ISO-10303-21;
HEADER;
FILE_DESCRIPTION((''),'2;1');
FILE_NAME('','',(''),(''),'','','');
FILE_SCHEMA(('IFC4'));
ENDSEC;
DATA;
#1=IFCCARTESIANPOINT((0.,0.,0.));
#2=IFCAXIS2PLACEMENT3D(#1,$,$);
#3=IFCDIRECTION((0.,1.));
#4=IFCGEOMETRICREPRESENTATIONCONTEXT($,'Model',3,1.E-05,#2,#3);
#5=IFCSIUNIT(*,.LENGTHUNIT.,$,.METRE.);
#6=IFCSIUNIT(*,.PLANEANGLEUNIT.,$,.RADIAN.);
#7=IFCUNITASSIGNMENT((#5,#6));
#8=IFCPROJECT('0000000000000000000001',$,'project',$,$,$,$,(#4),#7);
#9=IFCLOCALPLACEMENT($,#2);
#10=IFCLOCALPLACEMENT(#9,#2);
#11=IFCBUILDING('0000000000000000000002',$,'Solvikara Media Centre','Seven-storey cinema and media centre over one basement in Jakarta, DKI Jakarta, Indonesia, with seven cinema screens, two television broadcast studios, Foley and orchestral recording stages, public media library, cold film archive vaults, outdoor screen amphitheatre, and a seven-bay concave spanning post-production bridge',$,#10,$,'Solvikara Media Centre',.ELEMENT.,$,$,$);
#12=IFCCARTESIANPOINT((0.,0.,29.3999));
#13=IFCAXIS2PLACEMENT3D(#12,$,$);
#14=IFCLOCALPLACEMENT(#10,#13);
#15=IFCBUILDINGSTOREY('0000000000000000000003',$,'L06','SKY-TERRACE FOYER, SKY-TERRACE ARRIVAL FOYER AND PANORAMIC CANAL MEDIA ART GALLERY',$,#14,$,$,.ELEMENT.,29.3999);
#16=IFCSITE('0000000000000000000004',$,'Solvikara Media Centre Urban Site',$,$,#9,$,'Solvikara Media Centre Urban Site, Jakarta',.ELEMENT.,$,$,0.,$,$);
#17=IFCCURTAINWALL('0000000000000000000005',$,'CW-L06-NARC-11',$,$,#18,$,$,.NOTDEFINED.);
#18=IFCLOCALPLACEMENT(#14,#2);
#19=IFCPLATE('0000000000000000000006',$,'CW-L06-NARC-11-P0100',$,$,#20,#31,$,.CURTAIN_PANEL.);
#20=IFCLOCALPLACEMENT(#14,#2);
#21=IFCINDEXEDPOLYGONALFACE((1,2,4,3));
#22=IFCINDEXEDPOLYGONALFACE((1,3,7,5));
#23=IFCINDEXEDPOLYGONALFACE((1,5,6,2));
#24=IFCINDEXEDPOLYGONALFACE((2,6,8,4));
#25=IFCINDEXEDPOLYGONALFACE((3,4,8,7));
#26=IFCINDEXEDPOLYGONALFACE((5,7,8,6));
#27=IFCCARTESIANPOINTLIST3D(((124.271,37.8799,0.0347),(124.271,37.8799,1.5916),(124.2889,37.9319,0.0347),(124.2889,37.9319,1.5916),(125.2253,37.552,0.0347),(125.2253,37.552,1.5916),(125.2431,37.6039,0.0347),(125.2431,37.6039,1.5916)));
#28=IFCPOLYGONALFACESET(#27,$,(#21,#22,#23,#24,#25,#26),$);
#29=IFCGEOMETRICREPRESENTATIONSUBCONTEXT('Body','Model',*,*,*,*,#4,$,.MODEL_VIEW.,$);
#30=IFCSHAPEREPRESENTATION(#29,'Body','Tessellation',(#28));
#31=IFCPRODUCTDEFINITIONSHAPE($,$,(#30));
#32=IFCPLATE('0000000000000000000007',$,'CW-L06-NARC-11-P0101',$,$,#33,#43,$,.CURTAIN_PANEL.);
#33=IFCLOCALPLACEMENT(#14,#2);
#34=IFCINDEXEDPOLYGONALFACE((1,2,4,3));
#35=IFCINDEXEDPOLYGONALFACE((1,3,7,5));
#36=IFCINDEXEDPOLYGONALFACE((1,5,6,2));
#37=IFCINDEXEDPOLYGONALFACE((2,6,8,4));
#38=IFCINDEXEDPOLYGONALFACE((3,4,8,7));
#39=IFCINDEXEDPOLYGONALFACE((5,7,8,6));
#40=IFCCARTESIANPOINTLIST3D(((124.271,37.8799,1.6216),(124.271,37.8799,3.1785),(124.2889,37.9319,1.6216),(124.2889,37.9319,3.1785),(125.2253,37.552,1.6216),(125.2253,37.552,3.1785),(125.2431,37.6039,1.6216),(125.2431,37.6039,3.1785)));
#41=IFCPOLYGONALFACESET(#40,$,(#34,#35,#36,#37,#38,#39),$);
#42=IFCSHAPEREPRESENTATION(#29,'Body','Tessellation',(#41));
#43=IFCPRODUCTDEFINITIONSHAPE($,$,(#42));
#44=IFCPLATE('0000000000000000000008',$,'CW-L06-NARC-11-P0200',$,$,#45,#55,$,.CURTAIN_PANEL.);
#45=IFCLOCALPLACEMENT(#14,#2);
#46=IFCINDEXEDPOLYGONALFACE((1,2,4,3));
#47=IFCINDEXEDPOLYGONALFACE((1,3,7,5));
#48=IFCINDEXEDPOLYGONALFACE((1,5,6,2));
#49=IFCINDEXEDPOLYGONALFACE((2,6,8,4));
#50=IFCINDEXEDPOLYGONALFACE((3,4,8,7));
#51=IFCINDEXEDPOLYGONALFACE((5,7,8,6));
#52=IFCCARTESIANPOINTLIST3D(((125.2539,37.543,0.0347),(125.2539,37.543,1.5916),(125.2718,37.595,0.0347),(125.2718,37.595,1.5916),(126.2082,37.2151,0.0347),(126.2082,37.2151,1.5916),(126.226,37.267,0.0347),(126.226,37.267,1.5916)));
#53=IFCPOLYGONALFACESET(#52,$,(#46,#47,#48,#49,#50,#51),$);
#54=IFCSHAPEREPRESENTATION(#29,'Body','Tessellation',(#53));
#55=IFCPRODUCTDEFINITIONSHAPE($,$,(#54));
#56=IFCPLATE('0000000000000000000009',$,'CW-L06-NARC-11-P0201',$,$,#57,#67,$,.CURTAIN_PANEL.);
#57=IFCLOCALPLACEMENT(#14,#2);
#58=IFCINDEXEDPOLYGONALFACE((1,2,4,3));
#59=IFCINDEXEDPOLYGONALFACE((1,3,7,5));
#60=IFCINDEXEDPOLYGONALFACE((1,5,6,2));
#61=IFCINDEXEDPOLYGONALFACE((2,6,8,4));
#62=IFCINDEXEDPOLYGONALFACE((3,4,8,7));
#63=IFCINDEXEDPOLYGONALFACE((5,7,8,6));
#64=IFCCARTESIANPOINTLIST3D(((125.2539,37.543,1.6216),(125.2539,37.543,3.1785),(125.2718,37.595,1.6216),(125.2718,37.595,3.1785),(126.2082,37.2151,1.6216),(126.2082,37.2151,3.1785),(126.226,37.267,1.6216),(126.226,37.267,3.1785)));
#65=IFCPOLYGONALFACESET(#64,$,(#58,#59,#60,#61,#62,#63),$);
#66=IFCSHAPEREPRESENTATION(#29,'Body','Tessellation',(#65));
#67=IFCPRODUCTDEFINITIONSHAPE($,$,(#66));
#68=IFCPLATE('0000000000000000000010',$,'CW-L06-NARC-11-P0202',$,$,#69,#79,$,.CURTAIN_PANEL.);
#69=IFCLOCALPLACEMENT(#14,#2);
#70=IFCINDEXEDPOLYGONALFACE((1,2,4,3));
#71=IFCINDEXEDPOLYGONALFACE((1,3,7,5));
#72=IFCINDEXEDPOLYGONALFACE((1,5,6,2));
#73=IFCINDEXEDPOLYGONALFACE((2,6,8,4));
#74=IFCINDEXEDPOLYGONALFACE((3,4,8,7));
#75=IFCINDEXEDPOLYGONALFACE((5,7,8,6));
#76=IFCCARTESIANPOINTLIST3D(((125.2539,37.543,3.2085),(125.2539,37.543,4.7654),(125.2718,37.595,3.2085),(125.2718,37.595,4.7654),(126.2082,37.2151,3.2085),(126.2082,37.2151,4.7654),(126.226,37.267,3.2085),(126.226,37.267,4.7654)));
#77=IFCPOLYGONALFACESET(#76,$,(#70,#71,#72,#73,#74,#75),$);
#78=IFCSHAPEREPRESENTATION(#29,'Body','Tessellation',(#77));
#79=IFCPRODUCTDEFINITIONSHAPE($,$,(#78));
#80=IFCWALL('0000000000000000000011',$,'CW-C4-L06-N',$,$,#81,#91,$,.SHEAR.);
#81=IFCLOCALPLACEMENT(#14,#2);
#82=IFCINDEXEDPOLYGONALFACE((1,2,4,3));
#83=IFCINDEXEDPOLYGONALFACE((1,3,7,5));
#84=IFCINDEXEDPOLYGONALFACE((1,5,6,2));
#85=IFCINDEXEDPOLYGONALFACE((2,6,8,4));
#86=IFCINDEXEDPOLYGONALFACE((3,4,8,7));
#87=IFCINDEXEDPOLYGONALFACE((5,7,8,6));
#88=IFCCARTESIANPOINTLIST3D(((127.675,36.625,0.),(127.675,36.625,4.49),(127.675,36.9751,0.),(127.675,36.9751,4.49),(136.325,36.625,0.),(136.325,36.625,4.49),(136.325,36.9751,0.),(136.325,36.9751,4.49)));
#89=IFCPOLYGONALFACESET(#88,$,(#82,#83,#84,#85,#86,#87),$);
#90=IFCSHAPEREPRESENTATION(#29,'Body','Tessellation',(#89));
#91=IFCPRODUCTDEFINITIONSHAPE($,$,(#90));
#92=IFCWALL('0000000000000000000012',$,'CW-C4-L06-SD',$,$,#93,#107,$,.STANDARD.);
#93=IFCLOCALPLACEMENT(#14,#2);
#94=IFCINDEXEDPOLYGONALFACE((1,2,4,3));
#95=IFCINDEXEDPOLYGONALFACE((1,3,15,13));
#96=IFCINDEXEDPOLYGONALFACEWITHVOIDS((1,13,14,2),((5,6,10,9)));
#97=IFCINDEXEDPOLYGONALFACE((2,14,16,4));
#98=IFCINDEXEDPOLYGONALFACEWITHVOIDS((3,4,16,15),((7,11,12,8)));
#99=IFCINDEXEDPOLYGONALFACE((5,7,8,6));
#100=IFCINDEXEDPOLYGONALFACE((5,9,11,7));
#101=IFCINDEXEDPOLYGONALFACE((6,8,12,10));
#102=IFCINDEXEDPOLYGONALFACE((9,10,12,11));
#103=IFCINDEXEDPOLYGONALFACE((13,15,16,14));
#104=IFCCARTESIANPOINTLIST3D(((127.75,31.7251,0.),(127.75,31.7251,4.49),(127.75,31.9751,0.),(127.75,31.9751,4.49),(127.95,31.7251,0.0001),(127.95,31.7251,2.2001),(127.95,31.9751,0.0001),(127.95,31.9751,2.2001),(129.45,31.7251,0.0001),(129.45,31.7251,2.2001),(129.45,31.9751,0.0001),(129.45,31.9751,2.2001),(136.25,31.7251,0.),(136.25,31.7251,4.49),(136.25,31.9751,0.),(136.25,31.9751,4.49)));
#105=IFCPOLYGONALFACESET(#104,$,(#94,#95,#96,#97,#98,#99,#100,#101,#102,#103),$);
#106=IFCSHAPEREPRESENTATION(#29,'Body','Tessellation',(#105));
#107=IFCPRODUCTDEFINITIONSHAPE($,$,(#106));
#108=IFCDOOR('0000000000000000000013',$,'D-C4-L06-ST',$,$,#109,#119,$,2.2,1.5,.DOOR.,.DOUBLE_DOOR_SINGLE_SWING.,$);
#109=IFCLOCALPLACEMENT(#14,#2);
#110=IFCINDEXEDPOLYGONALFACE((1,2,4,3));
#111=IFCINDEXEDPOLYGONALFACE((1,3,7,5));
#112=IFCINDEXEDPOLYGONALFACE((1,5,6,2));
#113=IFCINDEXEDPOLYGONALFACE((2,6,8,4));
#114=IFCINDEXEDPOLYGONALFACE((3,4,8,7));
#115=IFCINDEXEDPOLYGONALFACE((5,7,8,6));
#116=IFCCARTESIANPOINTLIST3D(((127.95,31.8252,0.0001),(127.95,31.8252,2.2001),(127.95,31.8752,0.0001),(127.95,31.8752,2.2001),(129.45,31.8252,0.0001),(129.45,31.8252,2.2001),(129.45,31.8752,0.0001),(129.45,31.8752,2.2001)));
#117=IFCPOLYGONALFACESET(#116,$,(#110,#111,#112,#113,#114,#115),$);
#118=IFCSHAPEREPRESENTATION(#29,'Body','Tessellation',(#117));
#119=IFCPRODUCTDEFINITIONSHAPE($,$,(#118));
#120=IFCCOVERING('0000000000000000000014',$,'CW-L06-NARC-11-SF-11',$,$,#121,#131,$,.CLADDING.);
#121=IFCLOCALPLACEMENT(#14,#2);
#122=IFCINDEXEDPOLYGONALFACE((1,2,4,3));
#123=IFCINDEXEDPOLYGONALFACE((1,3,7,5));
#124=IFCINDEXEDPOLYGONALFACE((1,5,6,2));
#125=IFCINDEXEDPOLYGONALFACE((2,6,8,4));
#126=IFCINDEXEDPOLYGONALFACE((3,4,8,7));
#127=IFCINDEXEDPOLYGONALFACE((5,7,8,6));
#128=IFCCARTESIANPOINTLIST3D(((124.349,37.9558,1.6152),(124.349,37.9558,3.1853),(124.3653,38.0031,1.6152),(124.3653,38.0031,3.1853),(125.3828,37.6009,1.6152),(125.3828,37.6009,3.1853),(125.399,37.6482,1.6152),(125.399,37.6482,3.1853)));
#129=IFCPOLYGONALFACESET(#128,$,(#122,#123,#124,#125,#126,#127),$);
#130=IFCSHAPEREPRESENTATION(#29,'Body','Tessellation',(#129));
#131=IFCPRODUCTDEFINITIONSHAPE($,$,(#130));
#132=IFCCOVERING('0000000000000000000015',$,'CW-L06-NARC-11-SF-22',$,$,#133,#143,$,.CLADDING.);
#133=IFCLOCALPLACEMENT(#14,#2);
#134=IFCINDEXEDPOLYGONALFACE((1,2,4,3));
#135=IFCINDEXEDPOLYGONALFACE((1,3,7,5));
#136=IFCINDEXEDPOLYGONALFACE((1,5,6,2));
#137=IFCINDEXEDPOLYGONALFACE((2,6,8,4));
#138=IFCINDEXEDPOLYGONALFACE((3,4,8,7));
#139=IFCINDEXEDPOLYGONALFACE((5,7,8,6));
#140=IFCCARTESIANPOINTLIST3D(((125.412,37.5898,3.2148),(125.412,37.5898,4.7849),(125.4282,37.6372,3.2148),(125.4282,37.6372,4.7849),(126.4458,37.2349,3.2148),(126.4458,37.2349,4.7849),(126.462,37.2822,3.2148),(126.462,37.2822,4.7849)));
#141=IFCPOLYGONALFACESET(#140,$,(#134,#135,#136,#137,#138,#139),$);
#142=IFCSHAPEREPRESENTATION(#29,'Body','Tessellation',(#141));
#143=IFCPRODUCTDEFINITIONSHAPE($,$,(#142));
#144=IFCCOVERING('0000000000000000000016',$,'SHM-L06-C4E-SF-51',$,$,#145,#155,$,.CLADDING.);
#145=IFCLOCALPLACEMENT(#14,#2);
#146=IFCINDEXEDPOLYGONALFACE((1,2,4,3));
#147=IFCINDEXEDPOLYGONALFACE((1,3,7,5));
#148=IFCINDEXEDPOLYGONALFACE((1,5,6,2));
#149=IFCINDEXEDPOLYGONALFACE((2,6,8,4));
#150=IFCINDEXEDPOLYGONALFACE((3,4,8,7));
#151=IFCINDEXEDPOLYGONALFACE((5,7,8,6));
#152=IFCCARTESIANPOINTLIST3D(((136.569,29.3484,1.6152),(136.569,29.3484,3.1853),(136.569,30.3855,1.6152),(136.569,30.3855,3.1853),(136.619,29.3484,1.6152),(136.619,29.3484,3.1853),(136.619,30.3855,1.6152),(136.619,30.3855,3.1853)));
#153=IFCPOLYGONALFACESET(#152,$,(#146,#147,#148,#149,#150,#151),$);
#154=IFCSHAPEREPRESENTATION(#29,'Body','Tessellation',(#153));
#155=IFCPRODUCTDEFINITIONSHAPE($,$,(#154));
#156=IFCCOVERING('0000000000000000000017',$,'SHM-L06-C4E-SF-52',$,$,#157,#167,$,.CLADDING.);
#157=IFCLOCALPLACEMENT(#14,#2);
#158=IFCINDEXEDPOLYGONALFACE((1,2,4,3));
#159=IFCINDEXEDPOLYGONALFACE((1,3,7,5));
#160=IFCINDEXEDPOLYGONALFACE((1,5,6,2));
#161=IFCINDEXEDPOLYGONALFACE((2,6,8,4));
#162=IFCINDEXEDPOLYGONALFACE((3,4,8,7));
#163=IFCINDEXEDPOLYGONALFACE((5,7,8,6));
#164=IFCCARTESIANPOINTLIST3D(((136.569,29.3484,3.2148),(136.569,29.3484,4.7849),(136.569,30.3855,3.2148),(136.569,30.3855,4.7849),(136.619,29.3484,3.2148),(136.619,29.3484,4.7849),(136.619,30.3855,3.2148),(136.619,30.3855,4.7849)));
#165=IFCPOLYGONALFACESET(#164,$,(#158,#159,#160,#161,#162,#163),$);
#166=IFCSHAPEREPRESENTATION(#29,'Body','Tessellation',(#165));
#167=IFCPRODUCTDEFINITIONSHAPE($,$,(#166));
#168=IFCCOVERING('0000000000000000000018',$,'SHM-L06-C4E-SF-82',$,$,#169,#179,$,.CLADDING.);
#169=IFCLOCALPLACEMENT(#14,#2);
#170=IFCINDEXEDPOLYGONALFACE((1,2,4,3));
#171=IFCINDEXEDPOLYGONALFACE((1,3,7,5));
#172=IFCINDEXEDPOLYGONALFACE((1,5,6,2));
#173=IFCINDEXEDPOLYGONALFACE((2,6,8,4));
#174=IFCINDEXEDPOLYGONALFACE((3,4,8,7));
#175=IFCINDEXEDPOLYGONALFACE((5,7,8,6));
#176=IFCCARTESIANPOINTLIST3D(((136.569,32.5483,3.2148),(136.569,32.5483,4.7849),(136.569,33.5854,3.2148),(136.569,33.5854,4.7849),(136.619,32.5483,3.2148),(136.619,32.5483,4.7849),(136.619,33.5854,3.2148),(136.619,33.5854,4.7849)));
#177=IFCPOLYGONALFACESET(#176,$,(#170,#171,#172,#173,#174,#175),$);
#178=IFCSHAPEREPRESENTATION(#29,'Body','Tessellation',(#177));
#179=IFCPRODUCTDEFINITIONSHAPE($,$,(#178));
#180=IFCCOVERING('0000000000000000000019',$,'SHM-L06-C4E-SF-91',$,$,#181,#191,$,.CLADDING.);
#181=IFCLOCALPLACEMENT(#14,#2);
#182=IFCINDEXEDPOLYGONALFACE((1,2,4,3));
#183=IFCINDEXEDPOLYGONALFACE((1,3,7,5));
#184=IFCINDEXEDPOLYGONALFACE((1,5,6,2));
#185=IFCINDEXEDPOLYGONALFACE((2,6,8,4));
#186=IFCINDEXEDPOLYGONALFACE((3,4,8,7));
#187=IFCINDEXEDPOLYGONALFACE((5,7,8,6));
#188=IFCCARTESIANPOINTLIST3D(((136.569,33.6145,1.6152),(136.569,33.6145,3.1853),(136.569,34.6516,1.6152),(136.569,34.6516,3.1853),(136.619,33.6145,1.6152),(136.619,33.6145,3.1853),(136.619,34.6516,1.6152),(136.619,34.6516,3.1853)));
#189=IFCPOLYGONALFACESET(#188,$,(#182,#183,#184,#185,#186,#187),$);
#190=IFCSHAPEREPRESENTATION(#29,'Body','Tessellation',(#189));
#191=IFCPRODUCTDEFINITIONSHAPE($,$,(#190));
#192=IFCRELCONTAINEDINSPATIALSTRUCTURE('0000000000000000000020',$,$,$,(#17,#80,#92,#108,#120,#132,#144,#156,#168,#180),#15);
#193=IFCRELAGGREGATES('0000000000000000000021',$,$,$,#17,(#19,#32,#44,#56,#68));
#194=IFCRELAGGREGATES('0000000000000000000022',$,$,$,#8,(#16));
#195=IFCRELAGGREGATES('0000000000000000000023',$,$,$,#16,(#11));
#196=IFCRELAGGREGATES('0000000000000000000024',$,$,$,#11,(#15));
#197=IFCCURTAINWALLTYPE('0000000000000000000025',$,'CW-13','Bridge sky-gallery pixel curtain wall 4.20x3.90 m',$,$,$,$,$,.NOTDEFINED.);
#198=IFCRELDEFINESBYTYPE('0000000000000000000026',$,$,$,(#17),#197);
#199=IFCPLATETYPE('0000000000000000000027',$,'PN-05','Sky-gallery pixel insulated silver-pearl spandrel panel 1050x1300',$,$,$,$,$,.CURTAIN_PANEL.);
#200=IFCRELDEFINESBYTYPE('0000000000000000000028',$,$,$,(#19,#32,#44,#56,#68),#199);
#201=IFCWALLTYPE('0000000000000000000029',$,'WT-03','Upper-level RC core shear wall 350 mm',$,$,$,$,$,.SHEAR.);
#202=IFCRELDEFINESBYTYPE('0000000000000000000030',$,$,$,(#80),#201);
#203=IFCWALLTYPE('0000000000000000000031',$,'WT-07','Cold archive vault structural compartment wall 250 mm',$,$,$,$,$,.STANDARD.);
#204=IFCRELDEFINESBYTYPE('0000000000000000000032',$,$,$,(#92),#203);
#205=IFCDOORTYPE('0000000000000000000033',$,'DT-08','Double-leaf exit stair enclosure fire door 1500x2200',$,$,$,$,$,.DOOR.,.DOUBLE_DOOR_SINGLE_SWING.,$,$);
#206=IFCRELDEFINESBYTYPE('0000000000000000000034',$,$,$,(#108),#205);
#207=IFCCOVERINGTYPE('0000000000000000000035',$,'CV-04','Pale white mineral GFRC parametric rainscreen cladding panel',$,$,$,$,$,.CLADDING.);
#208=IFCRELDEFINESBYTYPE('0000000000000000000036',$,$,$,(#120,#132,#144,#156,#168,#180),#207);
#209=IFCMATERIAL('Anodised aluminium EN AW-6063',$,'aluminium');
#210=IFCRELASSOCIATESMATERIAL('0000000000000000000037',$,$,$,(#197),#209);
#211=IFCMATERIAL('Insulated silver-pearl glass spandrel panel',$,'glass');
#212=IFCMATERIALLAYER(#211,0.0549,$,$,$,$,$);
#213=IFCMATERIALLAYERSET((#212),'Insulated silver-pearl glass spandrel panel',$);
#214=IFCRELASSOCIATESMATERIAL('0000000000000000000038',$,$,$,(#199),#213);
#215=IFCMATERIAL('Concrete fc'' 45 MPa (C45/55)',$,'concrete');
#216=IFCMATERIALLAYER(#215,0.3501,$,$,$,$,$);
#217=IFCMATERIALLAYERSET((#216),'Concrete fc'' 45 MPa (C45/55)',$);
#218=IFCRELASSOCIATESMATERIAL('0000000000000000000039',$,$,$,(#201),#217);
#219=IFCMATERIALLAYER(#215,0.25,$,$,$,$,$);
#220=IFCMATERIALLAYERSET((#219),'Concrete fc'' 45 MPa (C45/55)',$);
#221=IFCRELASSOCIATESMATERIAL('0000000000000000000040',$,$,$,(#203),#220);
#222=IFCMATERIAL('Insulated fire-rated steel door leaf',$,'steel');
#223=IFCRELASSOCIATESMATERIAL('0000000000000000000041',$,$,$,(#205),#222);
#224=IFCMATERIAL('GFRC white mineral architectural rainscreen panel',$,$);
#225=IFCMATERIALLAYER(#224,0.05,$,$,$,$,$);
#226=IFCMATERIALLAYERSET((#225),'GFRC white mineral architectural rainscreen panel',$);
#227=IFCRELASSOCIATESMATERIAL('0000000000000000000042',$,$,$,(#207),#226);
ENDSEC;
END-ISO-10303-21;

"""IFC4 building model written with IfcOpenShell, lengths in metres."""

from ifc_helpers import new_model, si_unit, direction, frame, frame_2d, origin, origin_2d, place, context, subcontext, project, spatial, rectangle, extrude, material, layer, layer_set, type_object, element, fill, aggregate, save


model = new_model("IFC4")

# Units and contexts
model_context = context("Model", 3, precision=1e-05, world=origin(), true_north=direction((0.0, 1.0)))
body_context = subcontext(model_context, "Body", "Model", "MODEL_VIEW")
ifc_project = project(units=[si_unit("LENGTHUNIT", "METRE"), si_unit("PLANEANGLEUNIT", "RADIAN")], contexts=[model_context])

# Site, building, storey
site_placement = place(None, origin())
site = spatial("IfcSite", under=ifc_project, at=site_placement, Name="Solvikara Media Centre Urban Site", LongName="Solvikara Media Centre Urban Site, Jakarta", CompositionType="ELEMENT", RefElevation=0.0)
building_placement = place(site_placement, origin())
building = spatial("IfcBuilding", under=site, at=building_placement, Name="Solvikara Media Centre", Description="Seven-storey cinema and media centre over one basement in Jakarta, DKI Jakarta, Indonesia, with seven cinema screens, two television broadcast studios, Foley and orchestral recording stages, public media library, cold film archive vaults, outdoor screen amphitheatre, and a seven-bay concave spanning post-production bridge", LongName="Solvikara Media Centre", CompositionType="ELEMENT")
storey_placement = place(building_placement, frame((0.0, 0.0, 29.3999)))
storey = spatial("IfcBuildingStorey", under=building, at=storey_placement, Name="L06", Description="SKY-TERRACE FOYER, SKY-TERRACE ARRIVAL FOYER AND PANORAMIC CANAL MEDIA ART GALLERY", CompositionType="ELEMENT", Elevation=29.3999)

# Curtain wall, plates
ifc_material_1 = material(Name="Anodised aluminium EN AW-6063", Category="aluminium")
curtain_wall_type = type_object("IfcCurtainWallType", Name="CW-13", Description="Bridge sky-gallery pixel curtain wall 4.20x3.90 m", PredefinedType="NOTDEFINED", material=ifc_material_1)
curtain_wall_placement = place(storey_placement, origin())
curtain_wall = element("IfcCurtainWall", 1, at=curtain_wall_placement, inside=storey, type_object=curtain_wall_type, Name="CW-L06-NARC-11", PredefinedType="NOTDEFINED")
ifc_material_2 = material(Name="Insulated silver-pearl glass spandrel panel", Category="glass")
ifc_layer_1 = layer(ifc_material_2, 0.0549)
ifc_layer_set_1 = layer_set([ifc_layer_1], Name="Insulated silver-pearl glass spandrel panel")
plate_type_1 = type_object("IfcPlateType", Name="PN-05", Description="Sky-gallery pixel insulated silver-pearl spandrel panel 1050x1300", PredefinedType="CURTAIN_PANEL", material=ifc_layer_set_1)
plate_1_placement = place(storey_placement, frame((124.7571, 37.7419, 0.0347), z_axis=(0.0, 0.0, 1.0), x_axis=(0.945706, -0.325024, 0.0)))
plate_1 = element("IfcPlate", 2, at=plate_1_placement, type_object=plate_type_1, Name="CW-L06-NARC-11-P0100", PredefinedType="CURTAIN_PANEL", context=body_context, shape_type="SweptSolid", body=[
    extrude(rectangle(XDim=1.009, YDim=0.0549, at=origin_2d()), origin(), (0.0, 0.0, 1.0), 1.5569),
])
plate_2_placement = place(storey_placement, frame((124.7571, 37.7419, 1.6216), z_axis=(0.0, 0.0, 1.0), x_axis=(0.945706, -0.325024, 0.0)))
plate_2 = element("IfcPlate", 3, at=plate_2_placement, type_object=plate_type_1, Name="CW-L06-NARC-11-P0101", PredefinedType="CURTAIN_PANEL", context=body_context, shape_type="SweptSolid", body=[
    extrude(rectangle(XDim=1.009, YDim=0.0549, at=origin_2d()), origin(), (0.0, 0.0, 1.0), 1.5569),
])
plate_3_placement = place(storey_placement, frame((125.74, 37.405, 0.0347), z_axis=(0.0, 0.0, 1.0), x_axis=(0.945706, -0.325024, 0.0)))
plate_3 = element("IfcPlate", 4, at=plate_3_placement, type_object=plate_type_1, Name="CW-L06-NARC-11-P0200", PredefinedType="CURTAIN_PANEL", context=body_context, shape_type="SweptSolid", body=[
    extrude(rectangle(XDim=1.009, YDim=0.0549, at=origin_2d()), origin(), (0.0, 0.0, 1.0), 1.5569),
])
plate_4_placement = place(storey_placement, frame((125.74, 37.405, 1.6216), z_axis=(0.0, 0.0, 1.0), x_axis=(0.945706, -0.325024, 0.0)))
plate_4 = element("IfcPlate", 5, at=plate_4_placement, type_object=plate_type_1, Name="CW-L06-NARC-11-P0201", PredefinedType="CURTAIN_PANEL", context=body_context, shape_type="SweptSolid", body=[
    extrude(rectangle(XDim=1.009, YDim=0.0549, at=origin_2d()), origin(), (0.0, 0.0, 1.0), 1.5569),
])
plate_5_placement = place(storey_placement, frame((125.74, 37.405, 3.2085), z_axis=(0.0, 0.0, 1.0), x_axis=(0.945706, -0.325024, 0.0)))
plate_5 = element("IfcPlate", 6, at=plate_5_placement, type_object=plate_type_1, Name="CW-L06-NARC-11-P0202", PredefinedType="CURTAIN_PANEL", context=body_context, shape_type="SweptSolid", body=[
    extrude(rectangle(XDim=1.009, YDim=0.0549, at=origin_2d()), origin(), (0.0, 0.0, 1.0), 1.5569),
])
aggregate(curtain_wall, [plate_1, plate_2, plate_3, plate_4, plate_5])

# Wall
ifc_material_3 = material(Name="Concrete fc' 45 MPa (C45/55)", Category="concrete")
ifc_layer_2 = layer(ifc_material_3, 0.3501)
ifc_layer_set_2 = layer_set([ifc_layer_2], Name="Concrete fc' 45 MPa (C45/55)")
wall_type_1 = type_object("IfcWallType", Name="WT-03", Description="Upper-level RC core shear wall 350 mm", PredefinedType="SHEAR", material=ifc_layer_set_2)
wall_1_placement = place(storey_placement, frame((127.675, 36.8, 0.0), z_axis=(0.0, 0.0, 1.0), x_axis=(1.0, 0.0, 0.0)))
element("IfcWall", 7, at=wall_1_placement, inside=storey, type_object=wall_type_1, Name="CW-C4-L06-N", PredefinedType="SHEAR", context=body_context, shape_type="SweptSolid", body=[
    extrude(rectangle(XDim=8.6499, YDim=0.3501, at=frame_2d((4.325, 0.0))), origin(), (0.0, 0.0, 1.0), 4.49),
])

# Wall, opening, door
ifc_layer_3 = layer(ifc_material_3, 0.25)
ifc_layer_set_3 = layer_set([ifc_layer_3], Name="Concrete fc' 45 MPa (C45/55)")
wall_type_2 = type_object("IfcWallType", Name="WT-07", Description="Cold archive vault structural compartment wall 250 mm", PredefinedType="STANDARD", material=ifc_layer_set_3)
wall_2_placement = place(storey_placement, frame((127.75, 31.8501, 0.0), z_axis=(0.0, 0.0, 1.0), x_axis=(1.0, 0.0, 0.0)))
wall_2 = element("IfcWall", 8, at=wall_2_placement, inside=storey, type_object=wall_type_2, Name="CW-C4-L06-SD", PredefinedType="STANDARD", context=body_context, shape_type="SweptSolid", body=[
    extrude(rectangle(XDim=8.5, YDim=0.25, at=frame_2d((4.25, 0.0))), origin(), (0.0, 0.0, 1.0), 4.49),
])
opening_placement = place(wall_2_placement, frame((0.2, 0.0, 0.0)))
opening = element("IfcOpeningElement", 9, at=opening_placement, cuts=wall_2, PredefinedType="OPENING", context=body_context, shape_type="SweptSolid", body=[
    extrude(rectangle(XDim=1.5, YDim=2.2, at=frame_2d((0.75, 1.1001))), frame((0.0, 0.137, 0.0), z_axis=(0.0, -1.0, 0.0), x_axis=(1.0, 0.0, 0.0)), (0.0, 0.0, 1.0), 0.2739),
])
ifc_material_4 = material(Name="Insulated fire-rated steel door leaf", Category="steel")
door_type = type_object("IfcDoorType", Name="DT-08", Description="Double-leaf exit stair enclosure fire door 1500x2200", OperationType="DOUBLE_DOOR_SINGLE_SWING", PredefinedType="DOOR", material=ifc_material_4)
door_placement = place(opening_placement, frame((1.5, 0.0, 0.0), z_axis=(0.0, 0.0, 1.0), x_axis=(-1.0, 0.0, 0.0)))
door = element("IfcDoor", 10, at=door_placement, inside=storey, type_object=door_type, Name="D-C4-L06-ST", OperationType="DOUBLE_DOOR_SINGLE_SWING", OverallHeight=2.2, OverallWidth=1.5, PredefinedType="DOOR", context=body_context, shape_type="SweptSolid", body=[
    extrude(rectangle(XDim=1.5, YDim=2.2, at=frame_2d((0.75, 1.1001))), frame((0.0, 0.0249, 0.0), z_axis=(0.0, -1.0, 0.0), x_axis=(1.0, 0.0, 0.0)), (0.0, 0.0, 1.0), 0.05),
])
fill(opening, door)

# Coverings
ifc_material_5 = material(Name="GFRC white mineral architectural rainscreen panel")
ifc_layer_4 = layer(ifc_material_5, 0.05)
ifc_layer_set_4 = layer_set([ifc_layer_4], Name="GFRC white mineral architectural rainscreen panel")
covering_type_1 = type_object("IfcCoveringType", Name="CV-04", Description="Pale white mineral GFRC parametric rainscreen cladding panel", PredefinedType="CLADDING", material=ifc_layer_set_4)
for number, where, z_axis, x_axis, name in (
    (11, (124.874, 37.802, 1.6152), (0.0, 0.0, 1.0), (0.945808, -0.324726, 0.0), "CW-L06-NARC-11-SF-11"),
    (12, (125.937, 37.436, 3.2148), (0.0, 0.0, 1.0), (0.945808, -0.324726, 0.0), "CW-L06-NARC-11-SF-22"),
):
    element("IfcCovering", number, at=place(storey_placement, frame(where, z_axis=z_axis, x_axis=x_axis)), inside=storey, type_object=covering_type_1, Name=name, PredefinedType="CLADDING", context=body_context, shape_type="SweptSolid", body=[
        extrude(rectangle(XDim=1.093, YDim=0.05, at=origin_2d()), origin(), (0.0, 0.0, 1.0), 1.5701),
    ])
for number, where, z_axis, x_axis, name in (
    (13, (136.594, 29.8669, 1.6152), (0.0, 0.0, 1.0), (0.0, 1.0, 0.0), "SHM-L06-C4E-SF-51"),
    (14, (136.594, 29.8669, 3.2148), (0.0, 0.0, 1.0), (0.0, 1.0, 0.0), "SHM-L06-C4E-SF-52"),
    (15, (136.594, 33.0669, 3.2148), (0.0, 0.0, 1.0), (0.0, 1.0, 0.0), "SHM-L06-C4E-SF-82"),
    (16, (136.594, 34.1331, 1.6152), (0.0, 0.0, 1.0), (0.0, 1.0, 0.0), "SHM-L06-C4E-SF-91"),
):
    element("IfcCovering", number, at=place(storey_placement, frame(where, z_axis=z_axis, x_axis=x_axis)), inside=storey, type_object=covering_type_1, Name=name, PredefinedType="CLADDING", context=body_context, shape_type="SweptSolid", body=[
        extrude(rectangle(XDim=1.0371, YDim=0.05, at=origin_2d()), origin(), (0.0, 0.0, 1.0), 1.5701),
    ])

save(model, "model.ifc")
